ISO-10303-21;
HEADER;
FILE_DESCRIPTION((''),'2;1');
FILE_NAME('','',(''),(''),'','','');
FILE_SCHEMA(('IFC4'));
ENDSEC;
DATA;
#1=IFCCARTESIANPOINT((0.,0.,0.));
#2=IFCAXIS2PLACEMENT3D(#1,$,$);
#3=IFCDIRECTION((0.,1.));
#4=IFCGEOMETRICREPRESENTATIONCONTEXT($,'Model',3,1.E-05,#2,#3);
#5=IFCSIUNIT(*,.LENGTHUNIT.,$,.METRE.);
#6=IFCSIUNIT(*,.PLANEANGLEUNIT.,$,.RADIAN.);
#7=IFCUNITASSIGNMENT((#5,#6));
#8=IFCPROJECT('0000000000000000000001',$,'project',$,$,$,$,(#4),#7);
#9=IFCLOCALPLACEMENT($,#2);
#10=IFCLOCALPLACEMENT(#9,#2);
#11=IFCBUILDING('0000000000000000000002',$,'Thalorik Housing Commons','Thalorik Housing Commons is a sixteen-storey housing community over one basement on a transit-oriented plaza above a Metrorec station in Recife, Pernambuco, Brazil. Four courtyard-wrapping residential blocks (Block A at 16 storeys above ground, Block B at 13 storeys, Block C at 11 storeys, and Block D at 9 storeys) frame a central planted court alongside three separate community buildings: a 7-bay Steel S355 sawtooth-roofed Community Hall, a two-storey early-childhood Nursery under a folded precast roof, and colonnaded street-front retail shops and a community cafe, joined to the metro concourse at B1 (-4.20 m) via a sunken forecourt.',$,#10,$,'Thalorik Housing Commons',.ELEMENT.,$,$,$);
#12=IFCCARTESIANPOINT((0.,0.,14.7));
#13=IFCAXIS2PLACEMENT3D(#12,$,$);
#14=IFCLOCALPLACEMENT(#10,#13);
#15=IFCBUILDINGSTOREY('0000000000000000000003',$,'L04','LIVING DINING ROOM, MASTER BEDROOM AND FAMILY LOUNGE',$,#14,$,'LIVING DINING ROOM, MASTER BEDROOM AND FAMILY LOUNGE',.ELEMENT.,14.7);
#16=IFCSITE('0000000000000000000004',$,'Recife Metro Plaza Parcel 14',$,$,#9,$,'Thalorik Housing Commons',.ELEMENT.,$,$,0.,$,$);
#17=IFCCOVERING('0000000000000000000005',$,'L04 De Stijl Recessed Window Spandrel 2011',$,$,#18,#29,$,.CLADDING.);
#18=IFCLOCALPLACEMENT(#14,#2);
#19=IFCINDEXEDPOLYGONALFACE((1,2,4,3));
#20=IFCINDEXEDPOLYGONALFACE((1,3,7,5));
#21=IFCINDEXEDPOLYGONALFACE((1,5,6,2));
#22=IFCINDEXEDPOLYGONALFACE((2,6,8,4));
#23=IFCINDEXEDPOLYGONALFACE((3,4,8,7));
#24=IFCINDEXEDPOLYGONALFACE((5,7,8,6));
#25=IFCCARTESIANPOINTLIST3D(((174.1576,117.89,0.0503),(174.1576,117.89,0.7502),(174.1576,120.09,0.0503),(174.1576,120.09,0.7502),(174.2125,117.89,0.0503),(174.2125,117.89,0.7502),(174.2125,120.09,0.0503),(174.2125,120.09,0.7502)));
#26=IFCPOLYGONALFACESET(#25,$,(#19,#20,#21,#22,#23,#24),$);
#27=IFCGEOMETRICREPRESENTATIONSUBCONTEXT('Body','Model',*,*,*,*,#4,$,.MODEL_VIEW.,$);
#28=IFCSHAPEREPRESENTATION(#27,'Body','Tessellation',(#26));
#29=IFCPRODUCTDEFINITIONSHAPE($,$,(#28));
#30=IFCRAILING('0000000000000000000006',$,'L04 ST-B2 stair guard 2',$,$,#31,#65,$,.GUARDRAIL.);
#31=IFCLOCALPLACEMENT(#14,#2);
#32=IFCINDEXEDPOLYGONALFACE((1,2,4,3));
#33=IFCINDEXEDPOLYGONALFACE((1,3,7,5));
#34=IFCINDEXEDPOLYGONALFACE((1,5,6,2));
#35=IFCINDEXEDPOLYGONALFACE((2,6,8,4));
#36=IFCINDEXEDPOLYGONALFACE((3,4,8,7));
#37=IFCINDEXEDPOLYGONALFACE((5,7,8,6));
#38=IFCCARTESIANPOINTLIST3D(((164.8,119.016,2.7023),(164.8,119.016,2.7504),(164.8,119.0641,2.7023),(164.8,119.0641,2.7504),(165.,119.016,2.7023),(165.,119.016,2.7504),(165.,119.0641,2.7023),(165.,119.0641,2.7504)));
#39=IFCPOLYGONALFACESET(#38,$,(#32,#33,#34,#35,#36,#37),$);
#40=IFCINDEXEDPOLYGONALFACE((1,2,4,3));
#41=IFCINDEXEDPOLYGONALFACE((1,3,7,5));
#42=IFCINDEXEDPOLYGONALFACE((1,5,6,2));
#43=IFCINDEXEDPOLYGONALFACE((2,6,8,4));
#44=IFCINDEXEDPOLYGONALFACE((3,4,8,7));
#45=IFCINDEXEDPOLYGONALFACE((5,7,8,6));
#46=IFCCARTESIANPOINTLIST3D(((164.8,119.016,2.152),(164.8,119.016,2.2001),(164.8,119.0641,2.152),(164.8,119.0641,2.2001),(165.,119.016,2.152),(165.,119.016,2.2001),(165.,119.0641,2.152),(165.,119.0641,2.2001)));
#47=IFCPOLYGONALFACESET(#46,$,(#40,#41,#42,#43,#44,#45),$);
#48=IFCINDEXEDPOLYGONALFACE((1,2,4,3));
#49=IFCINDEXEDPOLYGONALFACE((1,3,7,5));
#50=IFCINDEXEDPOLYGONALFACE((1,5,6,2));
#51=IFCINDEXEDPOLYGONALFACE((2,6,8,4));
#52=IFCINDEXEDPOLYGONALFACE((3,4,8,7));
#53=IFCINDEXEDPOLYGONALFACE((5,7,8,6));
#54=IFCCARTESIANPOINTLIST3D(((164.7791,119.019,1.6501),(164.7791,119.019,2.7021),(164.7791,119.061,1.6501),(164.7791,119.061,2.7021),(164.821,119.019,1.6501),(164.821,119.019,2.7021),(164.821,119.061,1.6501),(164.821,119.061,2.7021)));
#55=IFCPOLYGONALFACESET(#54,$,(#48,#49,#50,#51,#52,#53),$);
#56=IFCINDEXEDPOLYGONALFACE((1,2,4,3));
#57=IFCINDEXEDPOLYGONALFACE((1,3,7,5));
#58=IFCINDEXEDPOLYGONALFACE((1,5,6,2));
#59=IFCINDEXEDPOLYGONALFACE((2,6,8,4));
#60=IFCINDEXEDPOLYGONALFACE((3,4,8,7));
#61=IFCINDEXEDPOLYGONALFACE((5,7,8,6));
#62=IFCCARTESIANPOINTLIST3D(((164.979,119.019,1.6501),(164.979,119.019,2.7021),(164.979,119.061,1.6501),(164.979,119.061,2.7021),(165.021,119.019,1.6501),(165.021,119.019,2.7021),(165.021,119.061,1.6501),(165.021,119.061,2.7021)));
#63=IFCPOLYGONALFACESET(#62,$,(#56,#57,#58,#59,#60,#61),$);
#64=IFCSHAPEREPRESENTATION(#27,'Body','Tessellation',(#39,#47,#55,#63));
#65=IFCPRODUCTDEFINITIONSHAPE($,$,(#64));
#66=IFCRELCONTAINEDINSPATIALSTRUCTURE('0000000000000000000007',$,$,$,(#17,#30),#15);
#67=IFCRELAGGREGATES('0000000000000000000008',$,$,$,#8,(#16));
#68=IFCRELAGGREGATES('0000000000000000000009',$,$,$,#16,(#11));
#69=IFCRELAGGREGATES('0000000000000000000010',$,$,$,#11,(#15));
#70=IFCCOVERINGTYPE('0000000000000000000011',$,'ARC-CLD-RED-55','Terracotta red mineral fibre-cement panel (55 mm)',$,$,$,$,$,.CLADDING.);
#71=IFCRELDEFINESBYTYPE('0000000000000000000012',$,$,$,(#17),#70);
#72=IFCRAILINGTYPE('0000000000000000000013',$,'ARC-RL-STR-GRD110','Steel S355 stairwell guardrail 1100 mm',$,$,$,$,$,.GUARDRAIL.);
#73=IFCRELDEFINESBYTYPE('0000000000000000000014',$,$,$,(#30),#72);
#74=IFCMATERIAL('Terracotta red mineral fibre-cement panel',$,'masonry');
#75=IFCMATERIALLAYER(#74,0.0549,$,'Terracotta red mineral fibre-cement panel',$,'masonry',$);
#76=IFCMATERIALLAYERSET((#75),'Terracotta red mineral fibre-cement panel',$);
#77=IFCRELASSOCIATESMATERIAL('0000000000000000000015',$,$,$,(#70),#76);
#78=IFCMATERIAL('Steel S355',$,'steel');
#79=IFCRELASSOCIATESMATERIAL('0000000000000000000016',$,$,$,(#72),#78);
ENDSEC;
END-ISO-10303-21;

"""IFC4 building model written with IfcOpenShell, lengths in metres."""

from ifc_helpers import new_model, si_unit, direction, frame, origin, origin_2d, place, context, subcontext, project, spatial, rectangle, extrude, material, layer, layer_set, type_object, element, save


model = new_model("IFC4")

# Units and contexts
model_context = context("Model", 3, precision=1e-05, world=origin(), true_north=direction((0.0, 1.0)))
body_context = subcontext(model_context, "Body", "Model", "MODEL_VIEW")
ifc_project = project(units=[si_unit("LENGTHUNIT", "METRE"), si_unit("PLANEANGLEUNIT", "RADIAN")], contexts=[model_context])

# Site, building, storey
site_placement = place(None, origin())
site = spatial("IfcSite", under=ifc_project, at=site_placement, Name="Recife Metro Plaza Parcel 14", LongName="Thalorik Housing Commons", CompositionType="ELEMENT", RefElevation=0.0)
building_placement = place(site_placement, origin())
building = spatial("IfcBuilding", under=site, at=building_placement, Name="Thalorik Housing Commons", Description="Thalorik Housing Commons is a sixteen-storey housing community over one basement on a transit-oriented plaza above a Metrorec station in Recife, Pernambuco, Brazil. Four courtyard-wrapping residential blocks (Block A at 16 storeys above ground, Block B at 13 storeys, Block C at 11 storeys, and Block D at 9 storeys) frame a central planted court alongside three separate community buildings: a 7-bay Steel S355 sawtooth-roofed Community Hall, a two-storey early-childhood Nursery under a folded precast roof, and colonnaded street-front retail shops and a community cafe, joined to the metro concourse at B1 (-4.20 m) via a sunken forecourt.", LongName="Thalorik Housing Commons", CompositionType="ELEMENT")
storey_placement = place(building_placement, frame((0.0, 0.0, 14.7)))
storey = spatial("IfcBuildingStorey", under=building, at=storey_placement, Name="L04", Description="LIVING DINING ROOM, MASTER BEDROOM AND FAMILY LOUNGE", LongName="LIVING DINING ROOM, MASTER BEDROOM AND FAMILY LOUNGE", CompositionType="ELEMENT", Elevation=14.7)

# Shared definitions
ifc_material_1 = material(Name="Steel S355", Category="steel")

# Covering
ifc_material_2 = material(Name="Terracotta red mineral fibre-cement panel", Category="masonry")
ifc_layer_1 = layer(ifc_material_2, 0.0549, Name="Terracotta red mineral fibre-cement panel", Category="masonry")
ifc_layer_set_1 = layer_set([ifc_layer_1], Name="Terracotta red mineral fibre-cement panel")
covering_type = type_object("IfcCoveringType", Name="ARC-CLD-RED-55", Description="Terracotta red mineral fibre-cement panel (55 mm)", PredefinedType="CLADDING", material=ifc_layer_set_1)
covering_placement = place(storey_placement, frame((174.1851, 118.99, 0.0503), z_axis=(0.0, 0.0, 1.0), x_axis=(0.0, 1.0, 0.0)))
element("IfcCovering", 1, at=covering_placement, inside=storey, type_object=covering_type, Name="L04 De Stijl Recessed Window Spandrel 2011", PredefinedType="CLADDING", context=body_context, shape_type="SweptSolid", body=[
    extrude(rectangle(XDim=2.2, YDim=0.0549, at=origin_2d()), origin(), (0.0, 0.0, 1.0), 0.7),
])

# Railing
railing_type_1 = type_object("IfcRailingType", Name="ARC-RL-STR-GRD110", Description="Steel S355 stairwell guardrail 1100 mm", PredefinedType="GUARDRAIL", material=ifc_material_1)
railing_1_placement = place(storey_placement, frame((164.8, 119.04, 1.6501)))
element("IfcRailing", 2, at=railing_1_placement, inside=storey, type_object=railing_type_1, Name="L04 ST-B2 stair guard 2", PredefinedType="GUARDRAIL", context=body_context, shape_type="SweptSolid", body=[
    extrude(rectangle(XDim=0.0481, YDim=0.0481, at=origin_2d()), frame((0.0, 0.0, 1.0762), z_axis=(1.0, 0.0, 0.0), x_axis=(0.0, 1.0, 0.0)), (0.0, 0.0, 1.0), 0.2),
    extrude(rectangle(XDim=0.0481, YDim=0.0481, at=origin_2d()), frame((0.0, 0.0, 0.5259), z_axis=(1.0, 0.0, 0.0), x_axis=(0.0, 1.0, 0.0)), (0.0, 0.0, 1.0), 0.2),
    extrude(rectangle(XDim=0.042, YDim=0.042, at=origin_2d()), origin(), (0.0, 0.0, 1.0), 1.052),
    extrude(rectangle(XDim=0.042, YDim=0.042, at=origin_2d()), frame((0.2, 0.0, 0.0)), (0.0, 0.0, 1.0), 1.052),
])

save(model, "model.ifc")
